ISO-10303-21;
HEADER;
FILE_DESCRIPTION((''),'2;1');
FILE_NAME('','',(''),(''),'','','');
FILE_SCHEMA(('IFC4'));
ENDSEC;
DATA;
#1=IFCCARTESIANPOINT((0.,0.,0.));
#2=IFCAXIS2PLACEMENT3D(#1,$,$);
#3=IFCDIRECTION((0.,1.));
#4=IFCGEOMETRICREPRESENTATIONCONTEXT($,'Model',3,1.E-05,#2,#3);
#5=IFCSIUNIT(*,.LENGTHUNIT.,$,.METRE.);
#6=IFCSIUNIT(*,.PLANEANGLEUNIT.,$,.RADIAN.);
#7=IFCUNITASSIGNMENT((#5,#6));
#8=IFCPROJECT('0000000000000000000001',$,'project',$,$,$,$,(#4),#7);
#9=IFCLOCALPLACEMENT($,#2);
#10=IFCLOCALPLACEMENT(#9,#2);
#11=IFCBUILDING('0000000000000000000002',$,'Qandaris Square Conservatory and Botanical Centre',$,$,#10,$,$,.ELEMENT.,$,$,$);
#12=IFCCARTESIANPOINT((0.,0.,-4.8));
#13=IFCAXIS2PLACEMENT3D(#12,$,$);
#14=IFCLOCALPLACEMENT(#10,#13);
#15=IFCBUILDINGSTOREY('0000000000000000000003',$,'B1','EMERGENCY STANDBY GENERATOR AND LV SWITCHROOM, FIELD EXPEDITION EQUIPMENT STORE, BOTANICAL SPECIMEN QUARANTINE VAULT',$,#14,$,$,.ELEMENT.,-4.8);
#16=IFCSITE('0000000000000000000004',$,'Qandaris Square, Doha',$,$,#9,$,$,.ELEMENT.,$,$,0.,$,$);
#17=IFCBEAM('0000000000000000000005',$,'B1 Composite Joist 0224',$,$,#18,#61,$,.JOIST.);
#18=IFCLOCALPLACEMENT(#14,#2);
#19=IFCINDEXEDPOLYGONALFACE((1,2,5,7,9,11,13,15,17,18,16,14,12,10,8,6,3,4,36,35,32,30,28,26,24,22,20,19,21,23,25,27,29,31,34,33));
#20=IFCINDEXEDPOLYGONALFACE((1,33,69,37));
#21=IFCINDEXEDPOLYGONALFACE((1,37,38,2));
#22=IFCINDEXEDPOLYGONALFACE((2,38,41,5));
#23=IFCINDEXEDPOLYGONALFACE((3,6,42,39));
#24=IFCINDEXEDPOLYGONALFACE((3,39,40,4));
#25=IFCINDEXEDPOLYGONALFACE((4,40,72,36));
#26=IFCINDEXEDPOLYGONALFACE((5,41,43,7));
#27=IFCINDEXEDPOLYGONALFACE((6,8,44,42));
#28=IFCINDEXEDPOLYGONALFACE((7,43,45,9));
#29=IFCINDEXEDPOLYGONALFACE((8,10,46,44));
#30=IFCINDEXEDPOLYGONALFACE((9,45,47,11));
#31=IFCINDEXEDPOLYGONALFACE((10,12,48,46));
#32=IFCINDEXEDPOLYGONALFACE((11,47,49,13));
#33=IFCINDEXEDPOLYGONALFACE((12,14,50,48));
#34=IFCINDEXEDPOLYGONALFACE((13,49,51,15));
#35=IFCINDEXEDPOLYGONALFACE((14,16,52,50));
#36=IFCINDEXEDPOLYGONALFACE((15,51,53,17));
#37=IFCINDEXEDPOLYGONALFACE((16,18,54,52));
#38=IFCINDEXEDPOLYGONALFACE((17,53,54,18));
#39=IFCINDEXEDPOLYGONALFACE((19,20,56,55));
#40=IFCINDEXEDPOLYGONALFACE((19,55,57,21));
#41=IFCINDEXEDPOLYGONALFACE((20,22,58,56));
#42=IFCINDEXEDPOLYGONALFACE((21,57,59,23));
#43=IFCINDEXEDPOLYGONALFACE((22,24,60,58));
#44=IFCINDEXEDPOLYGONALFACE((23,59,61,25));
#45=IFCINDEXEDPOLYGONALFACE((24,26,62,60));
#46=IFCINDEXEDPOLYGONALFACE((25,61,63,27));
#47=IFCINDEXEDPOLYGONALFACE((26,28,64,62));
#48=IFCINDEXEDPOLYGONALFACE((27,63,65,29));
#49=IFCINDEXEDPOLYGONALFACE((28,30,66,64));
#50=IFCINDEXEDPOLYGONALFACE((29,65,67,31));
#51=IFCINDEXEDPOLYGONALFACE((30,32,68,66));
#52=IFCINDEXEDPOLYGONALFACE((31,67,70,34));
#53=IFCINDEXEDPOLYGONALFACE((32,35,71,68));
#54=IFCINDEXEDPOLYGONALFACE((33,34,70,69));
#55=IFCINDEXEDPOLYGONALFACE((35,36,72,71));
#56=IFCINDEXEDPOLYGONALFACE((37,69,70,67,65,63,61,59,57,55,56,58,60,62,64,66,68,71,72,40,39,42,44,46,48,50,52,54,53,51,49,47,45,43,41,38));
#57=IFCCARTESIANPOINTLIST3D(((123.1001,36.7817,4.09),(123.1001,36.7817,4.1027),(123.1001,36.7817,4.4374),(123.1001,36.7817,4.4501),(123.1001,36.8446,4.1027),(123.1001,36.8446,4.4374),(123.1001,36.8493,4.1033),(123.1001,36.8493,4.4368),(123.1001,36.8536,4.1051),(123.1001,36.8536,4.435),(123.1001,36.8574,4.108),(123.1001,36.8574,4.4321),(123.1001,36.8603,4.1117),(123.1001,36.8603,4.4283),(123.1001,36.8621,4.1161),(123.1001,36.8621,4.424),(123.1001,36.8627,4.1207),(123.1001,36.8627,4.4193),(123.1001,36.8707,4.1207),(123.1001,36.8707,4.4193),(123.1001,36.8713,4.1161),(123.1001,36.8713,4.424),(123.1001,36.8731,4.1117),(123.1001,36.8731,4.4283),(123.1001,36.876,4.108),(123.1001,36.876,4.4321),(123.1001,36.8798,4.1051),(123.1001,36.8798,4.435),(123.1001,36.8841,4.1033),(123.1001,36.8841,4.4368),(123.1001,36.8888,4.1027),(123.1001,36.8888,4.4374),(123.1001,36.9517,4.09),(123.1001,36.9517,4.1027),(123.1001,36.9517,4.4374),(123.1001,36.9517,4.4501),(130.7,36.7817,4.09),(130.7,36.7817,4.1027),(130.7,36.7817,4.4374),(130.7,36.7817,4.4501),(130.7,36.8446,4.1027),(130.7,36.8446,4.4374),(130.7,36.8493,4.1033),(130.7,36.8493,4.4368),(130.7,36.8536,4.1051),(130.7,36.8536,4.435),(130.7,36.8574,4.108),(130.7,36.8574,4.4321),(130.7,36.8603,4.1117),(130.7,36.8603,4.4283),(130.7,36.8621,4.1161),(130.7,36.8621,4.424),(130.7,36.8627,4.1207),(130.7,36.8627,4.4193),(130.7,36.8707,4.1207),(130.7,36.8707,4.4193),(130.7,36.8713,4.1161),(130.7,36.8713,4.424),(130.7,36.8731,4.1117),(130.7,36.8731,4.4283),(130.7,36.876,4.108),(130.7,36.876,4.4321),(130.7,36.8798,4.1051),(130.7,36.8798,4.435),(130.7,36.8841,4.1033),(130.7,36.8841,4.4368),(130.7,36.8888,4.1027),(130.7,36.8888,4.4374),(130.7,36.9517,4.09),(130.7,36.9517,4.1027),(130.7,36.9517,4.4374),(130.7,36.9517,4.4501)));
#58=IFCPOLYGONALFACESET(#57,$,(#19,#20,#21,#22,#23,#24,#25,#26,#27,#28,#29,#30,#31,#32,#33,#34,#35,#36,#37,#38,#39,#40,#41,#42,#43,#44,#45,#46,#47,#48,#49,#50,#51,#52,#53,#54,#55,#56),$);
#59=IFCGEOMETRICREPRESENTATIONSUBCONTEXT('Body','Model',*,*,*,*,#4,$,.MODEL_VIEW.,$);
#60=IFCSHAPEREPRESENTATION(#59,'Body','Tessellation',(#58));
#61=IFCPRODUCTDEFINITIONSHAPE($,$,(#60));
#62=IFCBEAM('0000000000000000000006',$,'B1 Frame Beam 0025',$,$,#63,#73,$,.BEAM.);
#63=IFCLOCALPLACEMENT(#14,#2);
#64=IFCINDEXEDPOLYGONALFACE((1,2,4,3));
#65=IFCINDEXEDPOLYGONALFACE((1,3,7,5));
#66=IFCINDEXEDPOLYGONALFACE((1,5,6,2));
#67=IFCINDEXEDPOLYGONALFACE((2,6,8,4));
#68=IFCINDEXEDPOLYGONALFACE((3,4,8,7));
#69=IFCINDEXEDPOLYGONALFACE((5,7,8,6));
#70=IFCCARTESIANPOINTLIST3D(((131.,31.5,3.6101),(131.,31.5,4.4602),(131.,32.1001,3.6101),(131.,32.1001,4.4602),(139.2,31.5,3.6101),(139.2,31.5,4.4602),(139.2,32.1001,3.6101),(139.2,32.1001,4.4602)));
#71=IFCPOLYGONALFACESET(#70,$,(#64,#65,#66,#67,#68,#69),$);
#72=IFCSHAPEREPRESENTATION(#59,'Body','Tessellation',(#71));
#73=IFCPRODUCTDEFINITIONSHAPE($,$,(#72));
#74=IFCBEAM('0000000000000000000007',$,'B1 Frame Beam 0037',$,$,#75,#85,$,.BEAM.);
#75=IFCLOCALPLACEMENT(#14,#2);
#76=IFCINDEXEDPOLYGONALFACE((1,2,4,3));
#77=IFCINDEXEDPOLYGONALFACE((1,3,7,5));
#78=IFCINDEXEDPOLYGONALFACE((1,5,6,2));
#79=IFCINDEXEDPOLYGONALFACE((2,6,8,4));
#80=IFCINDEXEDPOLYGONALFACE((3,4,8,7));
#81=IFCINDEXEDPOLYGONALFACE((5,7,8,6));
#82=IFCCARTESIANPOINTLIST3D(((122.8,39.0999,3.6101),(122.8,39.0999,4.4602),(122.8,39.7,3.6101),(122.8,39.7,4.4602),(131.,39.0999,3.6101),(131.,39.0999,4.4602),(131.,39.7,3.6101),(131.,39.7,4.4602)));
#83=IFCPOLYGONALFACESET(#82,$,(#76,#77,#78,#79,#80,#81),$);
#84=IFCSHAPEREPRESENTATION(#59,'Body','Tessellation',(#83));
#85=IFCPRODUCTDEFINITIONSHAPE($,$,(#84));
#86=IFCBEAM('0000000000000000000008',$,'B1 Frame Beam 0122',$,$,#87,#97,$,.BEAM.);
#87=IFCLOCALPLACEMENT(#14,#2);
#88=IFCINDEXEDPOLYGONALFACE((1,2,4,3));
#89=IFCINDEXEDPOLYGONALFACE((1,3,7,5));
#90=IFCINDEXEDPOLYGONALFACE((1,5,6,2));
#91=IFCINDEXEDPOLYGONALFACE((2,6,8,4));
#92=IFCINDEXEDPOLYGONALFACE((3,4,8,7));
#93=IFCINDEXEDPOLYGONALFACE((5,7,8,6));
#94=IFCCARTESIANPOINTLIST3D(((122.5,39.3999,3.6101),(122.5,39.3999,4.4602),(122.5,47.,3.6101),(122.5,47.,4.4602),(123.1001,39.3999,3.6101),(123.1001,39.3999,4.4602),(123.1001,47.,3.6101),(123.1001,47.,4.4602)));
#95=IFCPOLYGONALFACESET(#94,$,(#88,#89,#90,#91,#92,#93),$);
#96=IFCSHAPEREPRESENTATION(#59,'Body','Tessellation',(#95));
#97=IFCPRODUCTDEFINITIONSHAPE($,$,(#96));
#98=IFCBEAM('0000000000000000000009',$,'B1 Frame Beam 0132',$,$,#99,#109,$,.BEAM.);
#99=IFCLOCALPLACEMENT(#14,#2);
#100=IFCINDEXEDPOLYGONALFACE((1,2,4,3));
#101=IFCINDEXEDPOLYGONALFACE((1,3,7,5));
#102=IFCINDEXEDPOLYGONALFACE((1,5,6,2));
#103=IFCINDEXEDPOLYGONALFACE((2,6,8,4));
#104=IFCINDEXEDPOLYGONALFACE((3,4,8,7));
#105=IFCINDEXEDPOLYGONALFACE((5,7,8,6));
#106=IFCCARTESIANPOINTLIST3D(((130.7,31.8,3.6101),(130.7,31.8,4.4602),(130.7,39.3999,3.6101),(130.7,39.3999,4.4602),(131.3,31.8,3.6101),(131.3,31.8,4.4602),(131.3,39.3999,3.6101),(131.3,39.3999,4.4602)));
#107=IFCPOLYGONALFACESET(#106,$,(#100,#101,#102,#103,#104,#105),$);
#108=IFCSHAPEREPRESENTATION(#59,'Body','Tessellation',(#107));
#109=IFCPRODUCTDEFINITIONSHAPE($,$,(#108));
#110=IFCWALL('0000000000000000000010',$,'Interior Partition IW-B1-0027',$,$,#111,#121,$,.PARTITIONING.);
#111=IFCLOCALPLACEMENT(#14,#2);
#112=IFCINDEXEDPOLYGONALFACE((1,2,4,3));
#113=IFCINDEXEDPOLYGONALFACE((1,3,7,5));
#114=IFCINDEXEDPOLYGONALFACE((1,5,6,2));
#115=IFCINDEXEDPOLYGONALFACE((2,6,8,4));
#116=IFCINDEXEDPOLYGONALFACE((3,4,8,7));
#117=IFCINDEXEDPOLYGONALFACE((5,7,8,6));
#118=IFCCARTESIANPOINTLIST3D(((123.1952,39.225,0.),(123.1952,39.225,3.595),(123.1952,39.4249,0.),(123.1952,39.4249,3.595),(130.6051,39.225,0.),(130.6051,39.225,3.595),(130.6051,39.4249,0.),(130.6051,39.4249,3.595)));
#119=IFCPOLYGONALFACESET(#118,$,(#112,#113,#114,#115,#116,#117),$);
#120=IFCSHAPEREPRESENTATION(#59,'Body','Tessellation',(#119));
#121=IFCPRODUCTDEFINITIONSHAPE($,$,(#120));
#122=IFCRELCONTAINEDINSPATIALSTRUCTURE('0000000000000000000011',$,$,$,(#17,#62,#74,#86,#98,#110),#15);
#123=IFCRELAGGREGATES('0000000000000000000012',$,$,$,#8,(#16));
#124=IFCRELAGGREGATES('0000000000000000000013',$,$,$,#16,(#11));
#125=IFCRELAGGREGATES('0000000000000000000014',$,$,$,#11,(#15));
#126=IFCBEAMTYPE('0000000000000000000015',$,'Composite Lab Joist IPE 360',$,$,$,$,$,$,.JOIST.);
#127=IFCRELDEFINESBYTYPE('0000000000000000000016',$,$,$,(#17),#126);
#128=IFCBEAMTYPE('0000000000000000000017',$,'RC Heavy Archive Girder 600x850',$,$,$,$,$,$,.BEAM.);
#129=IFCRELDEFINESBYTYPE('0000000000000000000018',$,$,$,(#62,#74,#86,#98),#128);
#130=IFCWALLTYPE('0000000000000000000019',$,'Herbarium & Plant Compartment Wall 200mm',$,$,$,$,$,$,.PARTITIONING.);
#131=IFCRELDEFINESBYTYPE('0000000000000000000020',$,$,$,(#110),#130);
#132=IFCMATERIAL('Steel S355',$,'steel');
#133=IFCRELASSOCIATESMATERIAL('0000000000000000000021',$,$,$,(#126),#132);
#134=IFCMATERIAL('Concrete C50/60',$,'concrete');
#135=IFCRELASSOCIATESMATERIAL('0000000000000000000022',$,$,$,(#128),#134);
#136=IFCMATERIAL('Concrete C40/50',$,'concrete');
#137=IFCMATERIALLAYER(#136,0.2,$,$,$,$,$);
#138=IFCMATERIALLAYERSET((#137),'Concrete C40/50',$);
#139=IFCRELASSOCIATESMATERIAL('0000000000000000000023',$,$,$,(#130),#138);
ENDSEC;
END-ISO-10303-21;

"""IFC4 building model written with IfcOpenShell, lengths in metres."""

from ifc_helpers import new_model, si_unit, direction, frame, frame_2d, origin, origin_2d, place, context, subcontext, project, spatial, rectangle, i_section, extrude, material, layer, layer_set, material_profile, profile_set, type_object, element, save


model = new_model("IFC4")

# Units and contexts
model_context = context("Model", 3, precision=1e-05, world=origin(), true_north=direction((0.0, 1.0)))
body_context = subcontext(model_context, "Body", "Model", "MODEL_VIEW")
ifc_project = project(units=[si_unit("LENGTHUNIT", "METRE"), si_unit("PLANEANGLEUNIT", "RADIAN")], contexts=[model_context])

# Site, building, storey
site_placement = place(None, origin())
site = spatial("IfcSite", under=ifc_project, at=site_placement, Name="Qandaris Square, Doha", CompositionType="ELEMENT", RefElevation=0.0)
building_placement = place(site_placement, origin())
building = spatial("IfcBuilding", under=site, at=building_placement, Name="Qandaris Square Conservatory and Botanical Centre", CompositionType="ELEMENT")
storey_placement = place(building_placement, frame((0.0, 0.0, -4.8)))
storey = spatial("IfcBuildingStorey", under=building, at=storey_placement, Name="B1", Description="EMERGENCY STANDBY GENERATOR AND LV SWITCHROOM, FIELD EXPEDITION EQUIPMENT STORE, BOTANICAL SPECIMEN QUARANTINE VAULT", CompositionType="ELEMENT", Elevation=-4.8)

# Shared definitions
ifc_material_1 = material(Name="Concrete C50/60", Category="concrete")

# Shared definitions
ifc_material_2 = material(Name="Concrete C40/50", Category="concrete")

# Beams
ifc_material_3 = material(Name="Steel S355", Category="steel")
ifc_material_profile_1 = material_profile(ifc_material_3, i_section(OverallWidth=0.1699, OverallDepth=0.3601, WebThickness=0.0081, FlangeThickness=0.0127, FilletRadius=0.0181, at=origin_2d()), Name="IPE 360")
ifc_profile_set_1 = profile_set([ifc_material_profile_1], Name="Steel S355")
beam_type_1 = type_object("IfcBeamType", Name="Composite Lab Joist IPE 360", PredefinedType="JOIST", material=ifc_profile_set_1)
beam_1_placement = place(storey_placement, frame((123.1001, 36.8667, 4.27), z_axis=(1.0, 0.0, 0.0), x_axis=(0.0, 1.0, 0.0)))
element("IfcBeam", 1, at=beam_1_placement, inside=storey, type_object=beam_type_1, Name="B1 Composite Joist 0224", PredefinedType="JOIST", context=body_context, shape_type="SweptSolid", body=[
    extrude(i_section(OverallWidth=0.1699, OverallDepth=0.3601, WebThickness=0.0081, FlangeThickness=0.0127, FilletRadius=0.0181, at=origin_2d()), origin(), (0.0, 0.0, 1.0), 7.5999),
])
ifc_material_profile_2 = material_profile(ifc_material_1, rectangle(XDim=0.6001, YDim=0.8501, at=origin_2d()), Name="RC-BM 600x850")
ifc_profile_set_2 = profile_set([ifc_material_profile_2], Name="Concrete C50/60")
beam_type_2 = type_object("IfcBeamType", Name="RC Heavy Archive Girder 600x850", PredefinedType="BEAM", material=ifc_profile_set_2)
for number, where, z_axis, x_axis, name in (
    (2, (131.0, 31.8, 4.0352), (1.0, 0.0, 0.0), (0.0, 1.0, 0.0), "B1 Frame Beam 0025"),
    (3, (122.8, 39.3999, 4.0352), (1.0, 0.0, 0.0), (0.0, 1.0, 0.0), "B1 Frame Beam 0037"),
):
    element("IfcBeam", number, at=place(storey_placement, frame(where, z_axis=z_axis, x_axis=x_axis)), inside=storey, type_object=beam_type_2, Name=name, PredefinedType="BEAM", context=body_context, shape_type="SweptSolid", body=[
        extrude(rectangle(XDim=0.6001, YDim=0.8501, at=origin_2d()), origin(), (0.0, 0.0, 1.0), 8.2),
    ])
beam_2_placement = place(storey_placement, frame((122.8, 39.3999, 4.0352), z_axis=(0.0, 1.0, 0.0), x_axis=(-1.0, 0.0, 0.0)))
element("IfcBeam", 4, at=beam_2_placement, inside=storey, type_object=beam_type_2, Name="B1 Frame Beam 0122", PredefinedType="BEAM", context=body_context, shape_type="SweptSolid", body=[
    extrude(rectangle(XDim=0.6001, YDim=0.8501, at=origin_2d()), origin(), (0.0, 0.0, 1.0), 7.6001),
])
beam_3_placement = place(storey_placement, frame((131.0, 31.8, 4.0352), z_axis=(0.0, 1.0, 0.0), x_axis=(-1.0, 0.0, 0.0)))
element("IfcBeam", 5, at=beam_3_placement, inside=storey, type_object=beam_type_2, Name="B1 Frame Beam 0132", PredefinedType="BEAM", context=body_context, shape_type="SweptSolid", body=[
    extrude(rectangle(XDim=0.6001, YDim=0.8501, at=origin_2d()), origin(), (0.0, 0.0, 1.0), 7.5999),
])

# Wall
ifc_layer = layer(ifc_material_2, 0.2)
ifc_layer_set = layer_set([ifc_layer], Name="Concrete C40/50")
wall_type = type_object("IfcWallType", Name="Herbarium & Plant Compartment Wall 200mm", PredefinedType="PARTITIONING", material=ifc_layer_set)
wall_placement = place(storey_placement, frame((123.1951, 39.325, 0.0), z_axis=(0.0, 0.0, 1.0), x_axis=(1.0, 0.0, 0.0)))
element("IfcWall", 6, at=wall_placement, inside=storey, type_object=wall_type, Name="Interior Partition IW-B1-0027", PredefinedType="PARTITIONING", context=body_context, shape_type="SweptSolid", body=[
    extrude(rectangle(XDim=7.4099, YDim=0.2, at=frame_2d((3.7051, 0.0))), origin(), (0.0, 0.0, 1.0), 3.595),
])

save(model, "model.ifc")
